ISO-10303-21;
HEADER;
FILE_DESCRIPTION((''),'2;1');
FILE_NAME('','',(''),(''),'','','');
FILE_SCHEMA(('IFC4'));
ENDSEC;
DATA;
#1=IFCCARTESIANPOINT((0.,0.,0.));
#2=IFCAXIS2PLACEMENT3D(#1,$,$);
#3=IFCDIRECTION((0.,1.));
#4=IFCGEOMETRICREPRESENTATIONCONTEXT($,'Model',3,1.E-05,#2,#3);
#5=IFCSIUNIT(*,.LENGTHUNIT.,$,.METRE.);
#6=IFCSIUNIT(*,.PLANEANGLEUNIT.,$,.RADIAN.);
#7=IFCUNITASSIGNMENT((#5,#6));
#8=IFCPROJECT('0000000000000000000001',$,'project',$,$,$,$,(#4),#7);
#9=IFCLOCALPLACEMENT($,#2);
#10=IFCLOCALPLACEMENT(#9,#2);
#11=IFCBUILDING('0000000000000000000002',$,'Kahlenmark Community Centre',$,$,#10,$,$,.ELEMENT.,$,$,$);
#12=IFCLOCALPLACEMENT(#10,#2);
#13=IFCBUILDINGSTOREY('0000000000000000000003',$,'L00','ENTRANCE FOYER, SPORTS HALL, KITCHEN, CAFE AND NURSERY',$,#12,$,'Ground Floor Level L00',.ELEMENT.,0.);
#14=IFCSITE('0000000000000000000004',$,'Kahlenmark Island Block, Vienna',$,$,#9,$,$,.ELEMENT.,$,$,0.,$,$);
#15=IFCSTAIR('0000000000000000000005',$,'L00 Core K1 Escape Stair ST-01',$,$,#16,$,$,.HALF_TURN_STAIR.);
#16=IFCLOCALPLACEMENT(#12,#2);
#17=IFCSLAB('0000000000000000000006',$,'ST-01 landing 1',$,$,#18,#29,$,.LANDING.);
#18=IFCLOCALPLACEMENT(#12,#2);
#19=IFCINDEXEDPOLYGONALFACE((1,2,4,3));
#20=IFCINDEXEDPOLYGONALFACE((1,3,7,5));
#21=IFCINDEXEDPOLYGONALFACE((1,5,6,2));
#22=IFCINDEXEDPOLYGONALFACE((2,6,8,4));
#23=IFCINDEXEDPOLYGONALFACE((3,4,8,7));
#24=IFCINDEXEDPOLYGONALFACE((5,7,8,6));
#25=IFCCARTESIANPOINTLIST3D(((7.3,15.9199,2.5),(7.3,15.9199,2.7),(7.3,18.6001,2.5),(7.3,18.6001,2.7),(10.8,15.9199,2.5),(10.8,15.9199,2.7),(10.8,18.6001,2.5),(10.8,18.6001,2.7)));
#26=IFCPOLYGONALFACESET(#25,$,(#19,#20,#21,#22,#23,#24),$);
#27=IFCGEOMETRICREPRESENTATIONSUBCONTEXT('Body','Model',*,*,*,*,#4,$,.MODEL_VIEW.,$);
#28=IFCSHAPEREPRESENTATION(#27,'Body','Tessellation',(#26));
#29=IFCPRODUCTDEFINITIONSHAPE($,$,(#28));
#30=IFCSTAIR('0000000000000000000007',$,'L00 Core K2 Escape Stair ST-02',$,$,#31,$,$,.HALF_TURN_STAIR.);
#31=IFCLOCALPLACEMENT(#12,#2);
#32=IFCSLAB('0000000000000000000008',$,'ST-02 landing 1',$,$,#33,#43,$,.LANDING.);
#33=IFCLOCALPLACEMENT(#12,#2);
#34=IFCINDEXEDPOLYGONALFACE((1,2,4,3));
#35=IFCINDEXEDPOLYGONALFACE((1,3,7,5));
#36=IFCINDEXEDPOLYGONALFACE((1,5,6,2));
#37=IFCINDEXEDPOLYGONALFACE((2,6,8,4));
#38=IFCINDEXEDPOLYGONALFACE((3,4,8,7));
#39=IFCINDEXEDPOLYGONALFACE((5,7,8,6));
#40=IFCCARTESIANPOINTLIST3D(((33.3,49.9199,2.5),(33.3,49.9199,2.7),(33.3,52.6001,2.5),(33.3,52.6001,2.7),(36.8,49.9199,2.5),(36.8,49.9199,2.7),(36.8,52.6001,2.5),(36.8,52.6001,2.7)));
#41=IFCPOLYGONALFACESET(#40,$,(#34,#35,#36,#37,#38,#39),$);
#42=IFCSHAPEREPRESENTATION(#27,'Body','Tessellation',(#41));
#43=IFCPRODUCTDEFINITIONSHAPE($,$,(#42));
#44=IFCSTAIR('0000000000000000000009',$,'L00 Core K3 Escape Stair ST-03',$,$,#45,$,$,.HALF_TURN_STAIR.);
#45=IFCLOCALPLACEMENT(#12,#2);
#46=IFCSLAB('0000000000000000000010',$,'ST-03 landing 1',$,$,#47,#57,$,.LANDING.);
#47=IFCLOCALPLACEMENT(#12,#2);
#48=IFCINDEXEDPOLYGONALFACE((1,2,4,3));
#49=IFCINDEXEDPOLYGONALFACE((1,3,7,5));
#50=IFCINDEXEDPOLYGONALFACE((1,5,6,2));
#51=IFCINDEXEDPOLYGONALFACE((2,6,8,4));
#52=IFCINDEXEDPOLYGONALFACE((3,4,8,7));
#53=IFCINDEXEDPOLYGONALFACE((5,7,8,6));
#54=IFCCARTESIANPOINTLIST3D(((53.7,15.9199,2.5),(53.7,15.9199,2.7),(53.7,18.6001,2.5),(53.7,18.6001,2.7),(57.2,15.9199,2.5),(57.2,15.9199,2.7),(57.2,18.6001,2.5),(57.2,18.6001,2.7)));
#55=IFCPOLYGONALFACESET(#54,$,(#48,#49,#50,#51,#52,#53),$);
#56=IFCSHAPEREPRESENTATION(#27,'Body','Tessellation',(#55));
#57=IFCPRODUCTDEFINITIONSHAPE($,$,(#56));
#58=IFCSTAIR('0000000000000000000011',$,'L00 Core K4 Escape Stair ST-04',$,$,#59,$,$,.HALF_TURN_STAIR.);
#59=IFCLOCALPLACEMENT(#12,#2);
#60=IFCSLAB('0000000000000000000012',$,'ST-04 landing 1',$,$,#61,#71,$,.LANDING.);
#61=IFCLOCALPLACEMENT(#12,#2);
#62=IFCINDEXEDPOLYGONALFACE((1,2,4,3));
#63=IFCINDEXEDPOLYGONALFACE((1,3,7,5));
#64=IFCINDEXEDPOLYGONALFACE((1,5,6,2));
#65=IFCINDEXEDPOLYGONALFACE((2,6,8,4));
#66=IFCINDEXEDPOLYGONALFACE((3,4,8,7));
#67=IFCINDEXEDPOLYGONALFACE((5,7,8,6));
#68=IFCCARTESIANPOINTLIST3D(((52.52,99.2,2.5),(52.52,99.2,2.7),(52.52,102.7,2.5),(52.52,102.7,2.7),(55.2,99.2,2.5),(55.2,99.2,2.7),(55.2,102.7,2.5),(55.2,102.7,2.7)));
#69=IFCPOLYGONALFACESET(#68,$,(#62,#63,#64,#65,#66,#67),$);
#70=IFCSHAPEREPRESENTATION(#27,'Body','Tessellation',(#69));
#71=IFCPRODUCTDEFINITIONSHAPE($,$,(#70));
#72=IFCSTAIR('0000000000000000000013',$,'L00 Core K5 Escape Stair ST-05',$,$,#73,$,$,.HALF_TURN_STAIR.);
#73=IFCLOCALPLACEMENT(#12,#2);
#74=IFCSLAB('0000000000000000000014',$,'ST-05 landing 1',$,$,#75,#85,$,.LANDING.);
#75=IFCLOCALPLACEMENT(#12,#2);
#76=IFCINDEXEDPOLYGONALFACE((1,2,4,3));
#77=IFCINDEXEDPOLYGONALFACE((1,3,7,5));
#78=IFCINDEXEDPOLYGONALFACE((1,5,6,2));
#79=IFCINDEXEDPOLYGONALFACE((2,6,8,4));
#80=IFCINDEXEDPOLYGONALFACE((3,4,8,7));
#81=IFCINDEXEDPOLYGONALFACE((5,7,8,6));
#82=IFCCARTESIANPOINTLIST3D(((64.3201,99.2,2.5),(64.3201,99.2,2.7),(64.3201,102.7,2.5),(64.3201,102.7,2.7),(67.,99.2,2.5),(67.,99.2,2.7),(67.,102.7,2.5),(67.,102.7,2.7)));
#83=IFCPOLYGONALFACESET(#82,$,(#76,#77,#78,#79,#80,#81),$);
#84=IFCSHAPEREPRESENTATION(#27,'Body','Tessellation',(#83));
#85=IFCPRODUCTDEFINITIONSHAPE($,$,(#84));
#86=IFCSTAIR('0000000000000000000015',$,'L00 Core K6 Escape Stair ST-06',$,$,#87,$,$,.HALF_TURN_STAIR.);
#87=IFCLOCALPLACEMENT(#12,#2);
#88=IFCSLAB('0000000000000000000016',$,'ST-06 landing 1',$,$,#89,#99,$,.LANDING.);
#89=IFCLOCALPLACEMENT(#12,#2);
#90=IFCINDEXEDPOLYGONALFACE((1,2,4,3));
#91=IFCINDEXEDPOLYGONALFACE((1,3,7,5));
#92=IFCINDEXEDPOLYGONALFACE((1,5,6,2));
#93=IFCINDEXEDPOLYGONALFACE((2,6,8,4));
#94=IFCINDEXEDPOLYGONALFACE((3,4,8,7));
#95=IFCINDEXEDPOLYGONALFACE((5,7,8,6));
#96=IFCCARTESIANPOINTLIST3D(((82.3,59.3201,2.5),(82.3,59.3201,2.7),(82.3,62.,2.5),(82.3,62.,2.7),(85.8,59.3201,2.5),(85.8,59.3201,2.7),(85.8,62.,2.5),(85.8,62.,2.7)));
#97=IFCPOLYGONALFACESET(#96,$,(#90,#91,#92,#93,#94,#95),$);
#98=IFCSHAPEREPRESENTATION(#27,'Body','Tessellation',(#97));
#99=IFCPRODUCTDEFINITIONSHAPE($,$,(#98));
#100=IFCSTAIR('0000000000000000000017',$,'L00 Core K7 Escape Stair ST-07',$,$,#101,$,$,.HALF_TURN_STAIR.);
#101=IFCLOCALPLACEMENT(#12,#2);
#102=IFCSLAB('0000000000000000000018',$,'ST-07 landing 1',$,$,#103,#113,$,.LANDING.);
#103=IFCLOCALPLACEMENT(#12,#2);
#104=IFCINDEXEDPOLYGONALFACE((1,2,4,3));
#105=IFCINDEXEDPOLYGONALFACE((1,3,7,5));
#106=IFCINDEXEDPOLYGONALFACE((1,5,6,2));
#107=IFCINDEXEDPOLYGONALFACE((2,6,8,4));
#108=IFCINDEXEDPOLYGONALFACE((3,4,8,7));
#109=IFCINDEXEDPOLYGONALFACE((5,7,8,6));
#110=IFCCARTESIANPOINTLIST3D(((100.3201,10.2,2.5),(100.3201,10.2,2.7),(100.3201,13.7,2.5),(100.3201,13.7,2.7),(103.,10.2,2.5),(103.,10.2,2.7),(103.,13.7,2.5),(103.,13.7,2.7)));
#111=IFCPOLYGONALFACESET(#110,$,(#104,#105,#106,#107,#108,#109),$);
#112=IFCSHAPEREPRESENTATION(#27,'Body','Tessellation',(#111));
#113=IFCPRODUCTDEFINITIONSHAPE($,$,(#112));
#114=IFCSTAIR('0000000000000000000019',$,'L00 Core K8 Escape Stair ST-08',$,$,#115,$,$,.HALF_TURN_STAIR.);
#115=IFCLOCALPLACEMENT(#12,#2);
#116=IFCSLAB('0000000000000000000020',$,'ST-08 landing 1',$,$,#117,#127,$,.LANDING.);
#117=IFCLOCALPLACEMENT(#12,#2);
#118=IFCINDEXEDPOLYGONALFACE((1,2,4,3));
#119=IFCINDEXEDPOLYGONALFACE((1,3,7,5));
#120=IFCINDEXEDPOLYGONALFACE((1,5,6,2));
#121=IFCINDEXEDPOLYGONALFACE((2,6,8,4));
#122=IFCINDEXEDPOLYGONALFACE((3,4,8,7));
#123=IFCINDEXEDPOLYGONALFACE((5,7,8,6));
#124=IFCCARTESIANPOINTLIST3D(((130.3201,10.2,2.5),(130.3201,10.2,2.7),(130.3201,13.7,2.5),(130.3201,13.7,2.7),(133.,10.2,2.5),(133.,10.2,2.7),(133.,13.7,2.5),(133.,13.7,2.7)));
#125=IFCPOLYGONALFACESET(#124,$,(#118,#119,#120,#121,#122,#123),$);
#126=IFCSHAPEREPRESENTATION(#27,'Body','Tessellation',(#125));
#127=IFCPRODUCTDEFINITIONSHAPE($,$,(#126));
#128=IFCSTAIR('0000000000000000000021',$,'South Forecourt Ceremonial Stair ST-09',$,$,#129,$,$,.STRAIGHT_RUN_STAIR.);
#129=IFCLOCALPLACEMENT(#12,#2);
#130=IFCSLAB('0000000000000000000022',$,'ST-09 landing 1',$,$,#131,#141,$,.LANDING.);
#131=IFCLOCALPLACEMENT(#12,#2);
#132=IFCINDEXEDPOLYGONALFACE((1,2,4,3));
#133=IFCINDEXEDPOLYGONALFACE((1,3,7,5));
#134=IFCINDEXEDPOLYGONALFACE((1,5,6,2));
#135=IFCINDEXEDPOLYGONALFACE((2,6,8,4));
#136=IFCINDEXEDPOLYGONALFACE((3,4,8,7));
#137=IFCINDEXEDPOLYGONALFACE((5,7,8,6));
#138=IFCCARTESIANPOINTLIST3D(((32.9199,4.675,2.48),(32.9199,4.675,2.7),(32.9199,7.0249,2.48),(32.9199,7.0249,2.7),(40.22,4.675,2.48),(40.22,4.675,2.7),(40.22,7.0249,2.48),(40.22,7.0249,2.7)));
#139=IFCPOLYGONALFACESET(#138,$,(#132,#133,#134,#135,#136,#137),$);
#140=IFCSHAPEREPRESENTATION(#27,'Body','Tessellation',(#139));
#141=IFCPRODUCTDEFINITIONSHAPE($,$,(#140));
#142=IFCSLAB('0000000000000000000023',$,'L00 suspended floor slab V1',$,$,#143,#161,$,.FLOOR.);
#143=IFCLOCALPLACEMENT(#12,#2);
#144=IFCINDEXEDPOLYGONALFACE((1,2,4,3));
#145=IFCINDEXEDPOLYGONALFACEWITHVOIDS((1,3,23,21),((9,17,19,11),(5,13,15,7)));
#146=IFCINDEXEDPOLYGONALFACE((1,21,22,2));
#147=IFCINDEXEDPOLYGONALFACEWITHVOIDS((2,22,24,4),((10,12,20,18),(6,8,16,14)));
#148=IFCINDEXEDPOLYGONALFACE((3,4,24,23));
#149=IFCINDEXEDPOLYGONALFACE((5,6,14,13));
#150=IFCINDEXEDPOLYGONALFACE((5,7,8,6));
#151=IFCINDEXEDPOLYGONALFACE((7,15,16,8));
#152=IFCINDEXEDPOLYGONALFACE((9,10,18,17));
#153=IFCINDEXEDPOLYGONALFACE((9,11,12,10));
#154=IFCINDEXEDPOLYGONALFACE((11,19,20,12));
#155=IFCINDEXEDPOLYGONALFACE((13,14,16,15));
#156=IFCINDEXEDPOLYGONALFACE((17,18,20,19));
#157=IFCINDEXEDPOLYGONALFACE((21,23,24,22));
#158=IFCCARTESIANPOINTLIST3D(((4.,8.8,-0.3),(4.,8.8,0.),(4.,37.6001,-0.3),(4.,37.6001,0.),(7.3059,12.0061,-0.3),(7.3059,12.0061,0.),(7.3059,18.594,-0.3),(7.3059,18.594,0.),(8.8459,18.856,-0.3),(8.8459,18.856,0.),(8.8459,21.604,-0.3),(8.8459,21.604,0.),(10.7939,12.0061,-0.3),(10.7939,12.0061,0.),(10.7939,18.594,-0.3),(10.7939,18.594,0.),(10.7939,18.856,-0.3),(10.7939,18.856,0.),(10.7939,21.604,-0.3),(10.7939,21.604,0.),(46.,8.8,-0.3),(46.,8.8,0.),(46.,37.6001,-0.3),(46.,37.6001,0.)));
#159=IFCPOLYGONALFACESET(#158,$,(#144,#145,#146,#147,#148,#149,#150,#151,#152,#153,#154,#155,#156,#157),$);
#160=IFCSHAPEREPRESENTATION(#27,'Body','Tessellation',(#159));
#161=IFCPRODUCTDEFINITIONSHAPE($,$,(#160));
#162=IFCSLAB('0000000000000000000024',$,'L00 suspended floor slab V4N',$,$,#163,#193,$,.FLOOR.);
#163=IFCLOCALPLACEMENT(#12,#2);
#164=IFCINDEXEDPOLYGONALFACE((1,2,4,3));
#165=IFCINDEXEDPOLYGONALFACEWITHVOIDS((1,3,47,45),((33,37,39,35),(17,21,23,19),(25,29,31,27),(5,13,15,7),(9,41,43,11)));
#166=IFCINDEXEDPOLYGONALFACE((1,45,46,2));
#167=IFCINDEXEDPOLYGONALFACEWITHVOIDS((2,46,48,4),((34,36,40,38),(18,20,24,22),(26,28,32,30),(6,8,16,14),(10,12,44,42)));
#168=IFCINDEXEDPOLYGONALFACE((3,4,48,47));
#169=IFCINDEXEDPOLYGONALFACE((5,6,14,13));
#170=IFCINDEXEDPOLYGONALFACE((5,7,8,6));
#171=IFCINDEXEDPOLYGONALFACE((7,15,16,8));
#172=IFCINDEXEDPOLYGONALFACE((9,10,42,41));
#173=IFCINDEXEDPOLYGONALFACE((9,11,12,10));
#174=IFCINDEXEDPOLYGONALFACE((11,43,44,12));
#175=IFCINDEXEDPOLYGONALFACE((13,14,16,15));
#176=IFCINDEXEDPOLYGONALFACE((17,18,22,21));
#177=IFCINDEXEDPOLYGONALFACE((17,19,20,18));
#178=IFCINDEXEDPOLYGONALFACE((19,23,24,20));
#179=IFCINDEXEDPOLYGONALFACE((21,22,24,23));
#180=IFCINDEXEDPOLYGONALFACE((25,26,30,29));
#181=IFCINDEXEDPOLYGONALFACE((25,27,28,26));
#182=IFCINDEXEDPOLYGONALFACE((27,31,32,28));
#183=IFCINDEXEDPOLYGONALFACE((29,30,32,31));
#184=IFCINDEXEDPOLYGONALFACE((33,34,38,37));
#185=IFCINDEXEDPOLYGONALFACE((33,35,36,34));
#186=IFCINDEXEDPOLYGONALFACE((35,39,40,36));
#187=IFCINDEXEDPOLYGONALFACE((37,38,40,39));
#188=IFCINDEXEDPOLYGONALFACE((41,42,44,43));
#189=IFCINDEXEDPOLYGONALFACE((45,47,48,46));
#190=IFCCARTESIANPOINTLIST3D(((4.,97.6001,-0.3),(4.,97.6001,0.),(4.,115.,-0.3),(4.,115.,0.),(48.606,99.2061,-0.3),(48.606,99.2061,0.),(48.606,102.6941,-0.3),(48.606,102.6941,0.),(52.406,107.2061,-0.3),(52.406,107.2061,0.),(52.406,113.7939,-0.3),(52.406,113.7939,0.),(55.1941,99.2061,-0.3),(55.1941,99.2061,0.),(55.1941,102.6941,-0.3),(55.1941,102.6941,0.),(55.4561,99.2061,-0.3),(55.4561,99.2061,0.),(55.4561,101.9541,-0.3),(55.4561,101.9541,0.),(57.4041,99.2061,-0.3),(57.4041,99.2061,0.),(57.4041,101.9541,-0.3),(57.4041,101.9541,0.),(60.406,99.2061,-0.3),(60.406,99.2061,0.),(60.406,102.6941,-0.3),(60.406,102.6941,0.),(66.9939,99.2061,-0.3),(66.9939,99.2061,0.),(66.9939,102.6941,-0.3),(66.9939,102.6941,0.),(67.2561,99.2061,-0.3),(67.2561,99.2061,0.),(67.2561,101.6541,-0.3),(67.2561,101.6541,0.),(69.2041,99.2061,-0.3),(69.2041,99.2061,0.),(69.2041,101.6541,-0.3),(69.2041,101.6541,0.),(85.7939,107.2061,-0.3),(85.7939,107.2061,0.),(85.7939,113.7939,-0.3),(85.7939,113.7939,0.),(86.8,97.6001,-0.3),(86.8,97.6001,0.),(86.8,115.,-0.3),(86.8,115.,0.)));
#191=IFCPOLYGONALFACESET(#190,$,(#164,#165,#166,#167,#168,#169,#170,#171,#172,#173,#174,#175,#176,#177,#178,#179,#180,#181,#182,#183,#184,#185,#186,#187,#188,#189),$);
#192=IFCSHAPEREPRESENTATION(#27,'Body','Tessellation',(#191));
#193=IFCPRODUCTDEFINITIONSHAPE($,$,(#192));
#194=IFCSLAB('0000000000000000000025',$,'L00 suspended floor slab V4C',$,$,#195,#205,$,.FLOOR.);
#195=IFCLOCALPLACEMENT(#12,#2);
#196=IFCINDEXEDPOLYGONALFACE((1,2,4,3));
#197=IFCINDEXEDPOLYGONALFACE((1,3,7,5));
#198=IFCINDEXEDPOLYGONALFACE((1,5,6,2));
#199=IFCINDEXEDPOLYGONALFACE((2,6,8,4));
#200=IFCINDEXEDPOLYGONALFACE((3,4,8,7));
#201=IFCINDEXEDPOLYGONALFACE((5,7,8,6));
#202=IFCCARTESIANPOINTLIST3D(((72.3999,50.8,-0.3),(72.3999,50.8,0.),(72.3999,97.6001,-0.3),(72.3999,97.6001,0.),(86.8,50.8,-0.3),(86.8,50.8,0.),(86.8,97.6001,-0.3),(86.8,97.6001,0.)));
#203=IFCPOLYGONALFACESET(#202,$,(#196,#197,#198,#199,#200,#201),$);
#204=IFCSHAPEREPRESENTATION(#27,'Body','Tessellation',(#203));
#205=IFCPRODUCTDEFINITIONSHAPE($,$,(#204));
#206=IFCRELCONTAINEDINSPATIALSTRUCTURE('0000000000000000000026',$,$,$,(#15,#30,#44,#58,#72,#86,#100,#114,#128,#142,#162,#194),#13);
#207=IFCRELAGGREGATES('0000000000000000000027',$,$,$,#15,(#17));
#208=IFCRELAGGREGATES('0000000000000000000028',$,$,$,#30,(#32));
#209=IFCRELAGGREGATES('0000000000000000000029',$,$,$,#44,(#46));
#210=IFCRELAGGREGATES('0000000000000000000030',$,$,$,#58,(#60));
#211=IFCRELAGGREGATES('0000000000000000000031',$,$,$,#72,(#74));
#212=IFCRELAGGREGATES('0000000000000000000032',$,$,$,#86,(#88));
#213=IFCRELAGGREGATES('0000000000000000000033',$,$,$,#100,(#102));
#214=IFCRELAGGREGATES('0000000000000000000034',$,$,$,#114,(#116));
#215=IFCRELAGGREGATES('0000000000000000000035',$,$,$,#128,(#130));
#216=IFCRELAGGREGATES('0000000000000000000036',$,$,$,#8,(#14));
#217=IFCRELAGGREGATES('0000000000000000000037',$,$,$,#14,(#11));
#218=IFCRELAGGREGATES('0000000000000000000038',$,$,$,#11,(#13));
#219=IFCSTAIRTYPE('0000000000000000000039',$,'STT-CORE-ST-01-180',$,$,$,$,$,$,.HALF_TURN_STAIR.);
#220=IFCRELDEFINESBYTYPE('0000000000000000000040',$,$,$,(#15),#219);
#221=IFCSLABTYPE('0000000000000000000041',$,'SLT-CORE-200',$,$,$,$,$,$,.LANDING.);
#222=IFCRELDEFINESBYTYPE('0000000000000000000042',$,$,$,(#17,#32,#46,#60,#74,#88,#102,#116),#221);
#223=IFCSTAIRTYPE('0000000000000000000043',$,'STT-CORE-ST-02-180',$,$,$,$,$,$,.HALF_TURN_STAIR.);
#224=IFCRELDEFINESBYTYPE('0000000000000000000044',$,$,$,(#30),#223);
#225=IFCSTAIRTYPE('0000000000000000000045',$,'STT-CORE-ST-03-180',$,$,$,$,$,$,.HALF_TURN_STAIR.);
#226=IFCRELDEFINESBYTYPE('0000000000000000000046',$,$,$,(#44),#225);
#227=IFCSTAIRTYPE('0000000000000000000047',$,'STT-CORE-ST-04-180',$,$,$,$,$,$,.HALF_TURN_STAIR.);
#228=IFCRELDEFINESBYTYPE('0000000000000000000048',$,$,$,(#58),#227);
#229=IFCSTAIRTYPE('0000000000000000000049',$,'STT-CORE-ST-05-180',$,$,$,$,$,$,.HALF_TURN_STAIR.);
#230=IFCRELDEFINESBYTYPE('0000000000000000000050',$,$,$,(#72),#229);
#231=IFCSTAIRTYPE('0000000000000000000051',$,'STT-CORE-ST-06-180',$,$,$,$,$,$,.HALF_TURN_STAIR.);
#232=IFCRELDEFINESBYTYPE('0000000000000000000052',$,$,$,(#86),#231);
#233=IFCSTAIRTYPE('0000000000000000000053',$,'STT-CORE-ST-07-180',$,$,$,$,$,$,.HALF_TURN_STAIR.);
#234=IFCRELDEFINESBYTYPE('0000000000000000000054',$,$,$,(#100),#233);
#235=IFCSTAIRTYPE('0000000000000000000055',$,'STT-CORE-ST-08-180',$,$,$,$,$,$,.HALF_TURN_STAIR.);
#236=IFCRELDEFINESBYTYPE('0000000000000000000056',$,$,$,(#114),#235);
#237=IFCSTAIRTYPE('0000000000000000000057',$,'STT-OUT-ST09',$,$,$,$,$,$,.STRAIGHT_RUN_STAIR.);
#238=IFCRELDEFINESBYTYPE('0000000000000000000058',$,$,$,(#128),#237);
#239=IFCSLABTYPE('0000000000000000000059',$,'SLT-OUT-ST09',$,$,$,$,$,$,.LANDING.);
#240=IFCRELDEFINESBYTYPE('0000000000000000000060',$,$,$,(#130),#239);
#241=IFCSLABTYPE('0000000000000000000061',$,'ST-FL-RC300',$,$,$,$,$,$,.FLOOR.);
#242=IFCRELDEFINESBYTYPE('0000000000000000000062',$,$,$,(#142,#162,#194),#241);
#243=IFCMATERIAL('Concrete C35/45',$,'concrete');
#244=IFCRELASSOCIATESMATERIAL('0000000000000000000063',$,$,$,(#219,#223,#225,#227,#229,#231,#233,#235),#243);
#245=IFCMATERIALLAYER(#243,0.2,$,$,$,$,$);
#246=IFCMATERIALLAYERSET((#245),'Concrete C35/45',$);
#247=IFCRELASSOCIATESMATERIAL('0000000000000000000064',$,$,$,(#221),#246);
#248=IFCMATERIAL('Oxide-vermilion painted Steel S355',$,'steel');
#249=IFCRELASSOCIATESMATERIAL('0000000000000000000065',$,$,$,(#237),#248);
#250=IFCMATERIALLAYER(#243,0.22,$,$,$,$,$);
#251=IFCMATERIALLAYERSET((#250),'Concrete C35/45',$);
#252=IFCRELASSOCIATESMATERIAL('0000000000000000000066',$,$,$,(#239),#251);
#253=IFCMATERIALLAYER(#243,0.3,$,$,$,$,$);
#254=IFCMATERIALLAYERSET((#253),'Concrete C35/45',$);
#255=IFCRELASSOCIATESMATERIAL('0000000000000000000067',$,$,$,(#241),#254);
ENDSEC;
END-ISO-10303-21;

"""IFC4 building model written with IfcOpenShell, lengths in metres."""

from ifc_helpers import new_model, si_unit, direction, frame, origin, place, context, subcontext, project, spatial, polyline, outline, extrude, material, layer, layer_set, type_object, element, aggregate, save


model = new_model("IFC4")

# Units and contexts
model_context = context("Model", 3, precision=1e-05, world=origin(), true_north=direction((0.0, 1.0)))
body_context = subcontext(model_context, "Body", "Model", "MODEL_VIEW")
ifc_project = project(units=[si_unit("LENGTHUNIT", "METRE"), si_unit("PLANEANGLEUNIT", "RADIAN")], contexts=[model_context])

# Site, building, storey
site_placement = place(None, origin())
site = spatial("IfcSite", under=ifc_project, at=site_placement, Name="Kahlenmark Island Block, Vienna", CompositionType="ELEMENT", RefElevation=0.0)
building_placement = place(site_placement, origin())
building = spatial("IfcBuilding", under=site, at=building_placement, Name="Kahlenmark Community Centre", CompositionType="ELEMENT")
storey_placement = place(building_placement, origin())
storey = spatial("IfcBuildingStorey", under=building, at=storey_placement, Name="L00", Description="ENTRANCE FOYER, SPORTS HALL, KITCHEN, CAFE AND NURSERY", LongName="Ground Floor Level L00", CompositionType="ELEMENT", Elevation=0.0)

# Stairs, slabs
ifc_material_1 = material(Name="Concrete C35/45", Category="concrete")
stair_type_1 = type_object("IfcStairType", Name="STT-CORE-ST-01-180", PredefinedType="HALF_TURN_STAIR", material=ifc_material_1)
stair_1_placement = place(storey_placement, origin())
stair_1 = element("IfcStair", 1, at=stair_1_placement, inside=storey, type_object=stair_type_1, Name="L00 Core K1 Escape Stair ST-01", PredefinedType="HALF_TURN_STAIR")
ifc_layer_1 = layer(ifc_material_1, 0.2)
ifc_layer_set_1 = layer_set([ifc_layer_1], Name="Concrete C35/45")
slab_type_1 = type_object("IfcSlabType", Name="SLT-CORE-200", PredefinedType="LANDING", material=ifc_layer_set_1)
slab_1_placement = place(storey_placement, frame((0.0, 0.0, 2.5)))
slab_1 = element("IfcSlab", 2, at=slab_1_placement, type_object=slab_type_1, Name="ST-01 landing 1", PredefinedType="LANDING", context=body_context, shape_type="SweptSolid", body=[
    extrude(outline(polyline([(10.8, 15.9199), (10.8, 18.6001), (7.3, 18.6001), (7.3, 15.9199), (10.8, 15.9199)])), origin(), (0.0, 0.0, 1.0), 0.2),
])
aggregate(stair_1, [slab_1])
stair_type_2 = type_object("IfcStairType", Name="STT-CORE-ST-02-180", PredefinedType="HALF_TURN_STAIR", material=ifc_material_1)
stair_2_placement = place(storey_placement, origin())
stair_2 = element("IfcStair", 3, at=stair_2_placement, inside=storey, type_object=stair_type_2, Name="L00 Core K2 Escape Stair ST-02", PredefinedType="HALF_TURN_STAIR")
slab_2_placement = place(storey_placement, frame((0.0, 0.0, 2.5)))
slab_2 = element("IfcSlab", 4, at=slab_2_placement, type_object=slab_type_1, Name="ST-02 landing 1", PredefinedType="LANDING", context=body_context, shape_type="SweptSolid", body=[
    extrude(outline(polyline([(36.8, 49.9199), (36.8, 52.6001), (33.3, 52.6001), (33.3, 49.9199), (36.8, 49.9199)])), origin(), (0.0, 0.0, 1.0), 0.2),
])
aggregate(stair_2, [slab_2])
stair_type_3 = type_object("IfcStairType", Name="STT-CORE-ST-03-180", PredefinedType="HALF_TURN_STAIR", material=ifc_material_1)
stair_3_placement = place(storey_placement, origin())
stair_3 = element("IfcStair", 5, at=stair_3_placement, inside=storey, type_object=stair_type_3, Name="L00 Core K3 Escape Stair ST-03", PredefinedType="HALF_TURN_STAIR")
slab_3_placement = place(storey_placement, frame((0.0, 0.0, 2.5)))
slab_3 = element("IfcSlab", 6, at=slab_3_placement, type_object=slab_type_1, Name="ST-03 landing 1", PredefinedType="LANDING", context=body_context, shape_type="SweptSolid", body=[
    extrude(outline(polyline([(57.2, 15.9199), (57.2, 18.6001), (53.7, 18.6001), (53.7, 15.9199), (57.2, 15.9199)])), origin(), (0.0, 0.0, 1.0), 0.2),
])
aggregate(stair_3, [slab_3])
stair_type_4 = type_object("IfcStairType", Name="STT-CORE-ST-04-180", PredefinedType="HALF_TURN_STAIR", material=ifc_material_1)
stair_4_placement = place(storey_placement, origin())
stair_4 = element("IfcStair", 7, at=stair_4_placement, inside=storey, type_object=stair_type_4, Name="L00 Core K4 Escape Stair ST-04", PredefinedType="HALF_TURN_STAIR")
slab_4_placement = place(storey_placement, frame((0.0, 0.0, 2.5)))
slab_4 = element("IfcSlab", 8, at=slab_4_placement, type_object=slab_type_1, Name="ST-04 landing 1", PredefinedType="LANDING", context=body_context, shape_type="SweptSolid", body=[
    extrude(outline(polyline([(52.52, 99.2), (55.2, 99.2), (55.2, 102.7), (52.52, 102.7), (52.52, 99.2)])), origin(), (0.0, 0.0, 1.0), 0.2),
])
aggregate(stair_4, [slab_4])
stair_type_5 = type_object("IfcStairType", Name="STT-CORE-ST-05-180", PredefinedType="HALF_TURN_STAIR", material=ifc_material_1)
stair_5_placement = place(storey_placement, origin())
stair_5 = element("IfcStair", 9, at=stair_5_placement, inside=storey, type_object=stair_type_5, Name="L00 Core K5 Escape Stair ST-05", PredefinedType="HALF_TURN_STAIR")
slab_5_placement = place(storey_placement, frame((0.0, 0.0, 2.5)))
slab_5 = element("IfcSlab", 10, at=slab_5_placement, type_object=slab_type_1, Name="ST-05 landing 1", PredefinedType="LANDING", context=body_context, shape_type="SweptSolid", body=[
    extrude(outline(polyline([(64.3201, 99.2), (67.0, 99.2), (67.0, 102.7), (64.3201, 102.7), (64.3201, 99.2)])), origin(), (0.0, 0.0, 1.0), 0.2),
])
aggregate(stair_5, [slab_5])
stair_type_6 = type_object("IfcStairType", Name="STT-CORE-ST-06-180", PredefinedType="HALF_TURN_STAIR", material=ifc_material_1)
stair_6_placement = place(storey_placement, origin())
stair_6 = element("IfcStair", 11, at=stair_6_placement, inside=storey, type_object=stair_type_6, Name="L00 Core K6 Escape Stair ST-06", PredefinedType="HALF_TURN_STAIR")
slab_6_placement = place(storey_placement, frame((0.0, 0.0, 2.5)))
slab_6 = element("IfcSlab", 12, at=slab_6_placement, type_object=slab_type_1, Name="ST-06 landing 1", PredefinedType="LANDING", context=body_context, shape_type="SweptSolid", body=[
    extrude(outline(polyline([(85.8, 59.3201), (85.8, 62.0), (82.3, 62.0), (82.3, 59.3201), (85.8, 59.3201)])), origin(), (0.0, 0.0, 1.0), 0.2),
])
aggregate(stair_6, [slab_6])
stair_type_7 = type_object("IfcStairType", Name="STT-CORE-ST-07-180", PredefinedType="HALF_TURN_STAIR", material=ifc_material_1)
stair_7_placement = place(storey_placement, origin())
stair_7 = element("IfcStair", 13, at=stair_7_placement, inside=storey, type_object=stair_type_7, Name="L00 Core K7 Escape Stair ST-07", PredefinedType="HALF_TURN_STAIR")
slab_7_placement = place(storey_placement, frame((0.0, 0.0, 2.5)))
slab_7 = element("IfcSlab", 14, at=slab_7_placement, type_object=slab_type_1, Name="ST-07 landing 1", PredefinedType="LANDING", context=body_context, shape_type="SweptSolid", body=[
    extrude(outline(polyline([(100.3201, 10.2), (103.0, 10.2), (103.0, 13.7), (100.3201, 13.7), (100.3201, 10.2)])), origin(), (0.0, 0.0, 1.0), 0.2),
])
aggregate(stair_7, [slab_7])
stair_type_8 = type_object("IfcStairType", Name="STT-CORE-ST-08-180", PredefinedType="HALF_TURN_STAIR", material=ifc_material_1)
stair_8_placement = place(storey_placement, origin())
stair_8 = element("IfcStair", 15, at=stair_8_placement, inside=storey, type_object=stair_type_8, Name="L00 Core K8 Escape Stair ST-08", PredefinedType="HALF_TURN_STAIR")
slab_8_placement = place(storey_placement, frame((0.0, 0.0, 2.5)))
slab_8 = element("IfcSlab", 16, at=slab_8_placement, type_object=slab_type_1, Name="ST-08 landing 1", PredefinedType="LANDING", context=body_context, shape_type="SweptSolid", body=[
    extrude(outline(polyline([(130.3201, 10.2), (133.0, 10.2), (133.0, 13.7), (130.3201, 13.7), (130.3201, 10.2)])), origin(), (0.0, 0.0, 1.0), 0.2),
])
aggregate(stair_8, [slab_8])
ifc_material_2 = material(Name="Oxide-vermilion painted Steel S355", Category="steel")
stair_type_9 = type_object("IfcStairType", Name="STT-OUT-ST09", PredefinedType="STRAIGHT_RUN_STAIR", material=ifc_material_2)
stair_9_placement = place(storey_placement, origin())
stair_9 = element("IfcStair", 17, at=stair_9_placement, inside=storey, type_object=stair_type_9, Name="South Forecourt Ceremonial Stair ST-09", PredefinedType="STRAIGHT_RUN_STAIR")
ifc_layer_2 = layer(ifc_material_1, 0.22)
ifc_layer_set_2 = layer_set([ifc_layer_2], Name="Concrete C35/45")
slab_type_2 = type_object("IfcSlabType", Name="SLT-OUT-ST09", PredefinedType="LANDING", material=ifc_layer_set_2)
slab_9_placement = place(storey_placement, frame((0.0, 0.0, 2.48)))
slab_9 = element("IfcSlab", 18, at=slab_9_placement, type_object=slab_type_2, Name="ST-09 landing 1", PredefinedType="LANDING", context=body_context, shape_type="SweptSolid", body=[
    extrude(outline(polyline([(32.9199, 4.675), (40.22, 4.675), (40.22, 7.0249), (32.9199, 7.0249), (32.9199, 4.675)])), origin(), (0.0, 0.0, 1.0), 0.22),
])
aggregate(stair_9, [slab_9])

# Slabs
ifc_layer_3 = layer(ifc_material_1, 0.3)
ifc_layer_set_3 = layer_set([ifc_layer_3], Name="Concrete C35/45")
slab_type_3 = type_object("IfcSlabType", Name="ST-FL-RC300", PredefinedType="FLOOR", material=ifc_layer_set_3)
slab_10_placement = place(storey_placement, frame((0.0, 0.0, -0.3)))
element("IfcSlab", 19, at=slab_10_placement, inside=storey, type_object=slab_type_3, Name="L00 suspended floor slab V1", PredefinedType="FLOOR", context=body_context, shape_type="SweptSolid", body=[
    extrude(outline(polyline([(4.0, 8.8), (46.0, 8.8), (46.0, 37.6001), (4.0, 37.6001), (4.0, 8.8)]), holes=[polyline([(7.3059, 12.0061), (10.7939, 12.0061), (10.7939, 18.594), (7.3059, 18.594), (7.3059, 12.0061)]), polyline([(8.8459, 18.856), (10.7939, 18.856), (10.7939, 21.604), (8.8459, 21.604), (8.8459, 18.856)])]), origin(), (0.0, 0.0, 1.0), 0.3),
])
slab_11_placement = place(storey_placement, frame((0.0, 0.0, -0.3)))
element("IfcSlab", 20, at=slab_11_placement, inside=storey, type_object=slab_type_3, Name="L00 suspended floor slab V4N", PredefinedType="FLOOR", context=body_context, shape_type="SweptSolid", body=[
    extrude(outline(polyline([(4.0, 97.6001), (86.8, 97.6001), (86.8, 115.0), (4.0, 115.0), (4.0, 97.6001)]), holes=[polyline([(48.606, 99.2061), (55.1941, 99.2061), (55.1941, 102.6941), (48.606, 102.6941), (48.606, 99.2061)]), polyline([(60.406, 99.2061), (66.9939, 99.2061), (66.9939, 102.6941), (60.406, 102.6941), (60.406, 99.2061)]), polyline([(55.4561, 99.2061), (57.4041, 99.2061), (57.4041, 101.9541), (55.4561, 101.9541), (55.4561, 99.2061)]), polyline([(67.2561, 99.2061), (69.2041, 99.2061), (69.2041, 101.6541), (67.2561, 101.6541), (67.2561, 99.2061)]), polyline([(52.406, 107.2061), (85.7939, 107.2061), (85.7939, 113.7939), (52.406, 113.7939), (52.406, 107.2061)])]), origin(), (0.0, 0.0, 1.0), 0.3),
])
slab_12_placement = place(storey_placement, frame((0.0, 0.0, -0.3)))
element("IfcSlab", 21, at=slab_12_placement, inside=storey, type_object=slab_type_3, Name="L00 suspended floor slab V4C", PredefinedType="FLOOR", context=body_context, shape_type="SweptSolid", body=[
    extrude(outline(polyline([(72.3999, 50.8), (86.8, 50.8), (86.8, 97.6001), (72.3999, 97.6001), (72.3999, 50.8)])), origin(), (0.0, 0.0, 1.0), 0.3),
])

save(model, "model.ifc")
